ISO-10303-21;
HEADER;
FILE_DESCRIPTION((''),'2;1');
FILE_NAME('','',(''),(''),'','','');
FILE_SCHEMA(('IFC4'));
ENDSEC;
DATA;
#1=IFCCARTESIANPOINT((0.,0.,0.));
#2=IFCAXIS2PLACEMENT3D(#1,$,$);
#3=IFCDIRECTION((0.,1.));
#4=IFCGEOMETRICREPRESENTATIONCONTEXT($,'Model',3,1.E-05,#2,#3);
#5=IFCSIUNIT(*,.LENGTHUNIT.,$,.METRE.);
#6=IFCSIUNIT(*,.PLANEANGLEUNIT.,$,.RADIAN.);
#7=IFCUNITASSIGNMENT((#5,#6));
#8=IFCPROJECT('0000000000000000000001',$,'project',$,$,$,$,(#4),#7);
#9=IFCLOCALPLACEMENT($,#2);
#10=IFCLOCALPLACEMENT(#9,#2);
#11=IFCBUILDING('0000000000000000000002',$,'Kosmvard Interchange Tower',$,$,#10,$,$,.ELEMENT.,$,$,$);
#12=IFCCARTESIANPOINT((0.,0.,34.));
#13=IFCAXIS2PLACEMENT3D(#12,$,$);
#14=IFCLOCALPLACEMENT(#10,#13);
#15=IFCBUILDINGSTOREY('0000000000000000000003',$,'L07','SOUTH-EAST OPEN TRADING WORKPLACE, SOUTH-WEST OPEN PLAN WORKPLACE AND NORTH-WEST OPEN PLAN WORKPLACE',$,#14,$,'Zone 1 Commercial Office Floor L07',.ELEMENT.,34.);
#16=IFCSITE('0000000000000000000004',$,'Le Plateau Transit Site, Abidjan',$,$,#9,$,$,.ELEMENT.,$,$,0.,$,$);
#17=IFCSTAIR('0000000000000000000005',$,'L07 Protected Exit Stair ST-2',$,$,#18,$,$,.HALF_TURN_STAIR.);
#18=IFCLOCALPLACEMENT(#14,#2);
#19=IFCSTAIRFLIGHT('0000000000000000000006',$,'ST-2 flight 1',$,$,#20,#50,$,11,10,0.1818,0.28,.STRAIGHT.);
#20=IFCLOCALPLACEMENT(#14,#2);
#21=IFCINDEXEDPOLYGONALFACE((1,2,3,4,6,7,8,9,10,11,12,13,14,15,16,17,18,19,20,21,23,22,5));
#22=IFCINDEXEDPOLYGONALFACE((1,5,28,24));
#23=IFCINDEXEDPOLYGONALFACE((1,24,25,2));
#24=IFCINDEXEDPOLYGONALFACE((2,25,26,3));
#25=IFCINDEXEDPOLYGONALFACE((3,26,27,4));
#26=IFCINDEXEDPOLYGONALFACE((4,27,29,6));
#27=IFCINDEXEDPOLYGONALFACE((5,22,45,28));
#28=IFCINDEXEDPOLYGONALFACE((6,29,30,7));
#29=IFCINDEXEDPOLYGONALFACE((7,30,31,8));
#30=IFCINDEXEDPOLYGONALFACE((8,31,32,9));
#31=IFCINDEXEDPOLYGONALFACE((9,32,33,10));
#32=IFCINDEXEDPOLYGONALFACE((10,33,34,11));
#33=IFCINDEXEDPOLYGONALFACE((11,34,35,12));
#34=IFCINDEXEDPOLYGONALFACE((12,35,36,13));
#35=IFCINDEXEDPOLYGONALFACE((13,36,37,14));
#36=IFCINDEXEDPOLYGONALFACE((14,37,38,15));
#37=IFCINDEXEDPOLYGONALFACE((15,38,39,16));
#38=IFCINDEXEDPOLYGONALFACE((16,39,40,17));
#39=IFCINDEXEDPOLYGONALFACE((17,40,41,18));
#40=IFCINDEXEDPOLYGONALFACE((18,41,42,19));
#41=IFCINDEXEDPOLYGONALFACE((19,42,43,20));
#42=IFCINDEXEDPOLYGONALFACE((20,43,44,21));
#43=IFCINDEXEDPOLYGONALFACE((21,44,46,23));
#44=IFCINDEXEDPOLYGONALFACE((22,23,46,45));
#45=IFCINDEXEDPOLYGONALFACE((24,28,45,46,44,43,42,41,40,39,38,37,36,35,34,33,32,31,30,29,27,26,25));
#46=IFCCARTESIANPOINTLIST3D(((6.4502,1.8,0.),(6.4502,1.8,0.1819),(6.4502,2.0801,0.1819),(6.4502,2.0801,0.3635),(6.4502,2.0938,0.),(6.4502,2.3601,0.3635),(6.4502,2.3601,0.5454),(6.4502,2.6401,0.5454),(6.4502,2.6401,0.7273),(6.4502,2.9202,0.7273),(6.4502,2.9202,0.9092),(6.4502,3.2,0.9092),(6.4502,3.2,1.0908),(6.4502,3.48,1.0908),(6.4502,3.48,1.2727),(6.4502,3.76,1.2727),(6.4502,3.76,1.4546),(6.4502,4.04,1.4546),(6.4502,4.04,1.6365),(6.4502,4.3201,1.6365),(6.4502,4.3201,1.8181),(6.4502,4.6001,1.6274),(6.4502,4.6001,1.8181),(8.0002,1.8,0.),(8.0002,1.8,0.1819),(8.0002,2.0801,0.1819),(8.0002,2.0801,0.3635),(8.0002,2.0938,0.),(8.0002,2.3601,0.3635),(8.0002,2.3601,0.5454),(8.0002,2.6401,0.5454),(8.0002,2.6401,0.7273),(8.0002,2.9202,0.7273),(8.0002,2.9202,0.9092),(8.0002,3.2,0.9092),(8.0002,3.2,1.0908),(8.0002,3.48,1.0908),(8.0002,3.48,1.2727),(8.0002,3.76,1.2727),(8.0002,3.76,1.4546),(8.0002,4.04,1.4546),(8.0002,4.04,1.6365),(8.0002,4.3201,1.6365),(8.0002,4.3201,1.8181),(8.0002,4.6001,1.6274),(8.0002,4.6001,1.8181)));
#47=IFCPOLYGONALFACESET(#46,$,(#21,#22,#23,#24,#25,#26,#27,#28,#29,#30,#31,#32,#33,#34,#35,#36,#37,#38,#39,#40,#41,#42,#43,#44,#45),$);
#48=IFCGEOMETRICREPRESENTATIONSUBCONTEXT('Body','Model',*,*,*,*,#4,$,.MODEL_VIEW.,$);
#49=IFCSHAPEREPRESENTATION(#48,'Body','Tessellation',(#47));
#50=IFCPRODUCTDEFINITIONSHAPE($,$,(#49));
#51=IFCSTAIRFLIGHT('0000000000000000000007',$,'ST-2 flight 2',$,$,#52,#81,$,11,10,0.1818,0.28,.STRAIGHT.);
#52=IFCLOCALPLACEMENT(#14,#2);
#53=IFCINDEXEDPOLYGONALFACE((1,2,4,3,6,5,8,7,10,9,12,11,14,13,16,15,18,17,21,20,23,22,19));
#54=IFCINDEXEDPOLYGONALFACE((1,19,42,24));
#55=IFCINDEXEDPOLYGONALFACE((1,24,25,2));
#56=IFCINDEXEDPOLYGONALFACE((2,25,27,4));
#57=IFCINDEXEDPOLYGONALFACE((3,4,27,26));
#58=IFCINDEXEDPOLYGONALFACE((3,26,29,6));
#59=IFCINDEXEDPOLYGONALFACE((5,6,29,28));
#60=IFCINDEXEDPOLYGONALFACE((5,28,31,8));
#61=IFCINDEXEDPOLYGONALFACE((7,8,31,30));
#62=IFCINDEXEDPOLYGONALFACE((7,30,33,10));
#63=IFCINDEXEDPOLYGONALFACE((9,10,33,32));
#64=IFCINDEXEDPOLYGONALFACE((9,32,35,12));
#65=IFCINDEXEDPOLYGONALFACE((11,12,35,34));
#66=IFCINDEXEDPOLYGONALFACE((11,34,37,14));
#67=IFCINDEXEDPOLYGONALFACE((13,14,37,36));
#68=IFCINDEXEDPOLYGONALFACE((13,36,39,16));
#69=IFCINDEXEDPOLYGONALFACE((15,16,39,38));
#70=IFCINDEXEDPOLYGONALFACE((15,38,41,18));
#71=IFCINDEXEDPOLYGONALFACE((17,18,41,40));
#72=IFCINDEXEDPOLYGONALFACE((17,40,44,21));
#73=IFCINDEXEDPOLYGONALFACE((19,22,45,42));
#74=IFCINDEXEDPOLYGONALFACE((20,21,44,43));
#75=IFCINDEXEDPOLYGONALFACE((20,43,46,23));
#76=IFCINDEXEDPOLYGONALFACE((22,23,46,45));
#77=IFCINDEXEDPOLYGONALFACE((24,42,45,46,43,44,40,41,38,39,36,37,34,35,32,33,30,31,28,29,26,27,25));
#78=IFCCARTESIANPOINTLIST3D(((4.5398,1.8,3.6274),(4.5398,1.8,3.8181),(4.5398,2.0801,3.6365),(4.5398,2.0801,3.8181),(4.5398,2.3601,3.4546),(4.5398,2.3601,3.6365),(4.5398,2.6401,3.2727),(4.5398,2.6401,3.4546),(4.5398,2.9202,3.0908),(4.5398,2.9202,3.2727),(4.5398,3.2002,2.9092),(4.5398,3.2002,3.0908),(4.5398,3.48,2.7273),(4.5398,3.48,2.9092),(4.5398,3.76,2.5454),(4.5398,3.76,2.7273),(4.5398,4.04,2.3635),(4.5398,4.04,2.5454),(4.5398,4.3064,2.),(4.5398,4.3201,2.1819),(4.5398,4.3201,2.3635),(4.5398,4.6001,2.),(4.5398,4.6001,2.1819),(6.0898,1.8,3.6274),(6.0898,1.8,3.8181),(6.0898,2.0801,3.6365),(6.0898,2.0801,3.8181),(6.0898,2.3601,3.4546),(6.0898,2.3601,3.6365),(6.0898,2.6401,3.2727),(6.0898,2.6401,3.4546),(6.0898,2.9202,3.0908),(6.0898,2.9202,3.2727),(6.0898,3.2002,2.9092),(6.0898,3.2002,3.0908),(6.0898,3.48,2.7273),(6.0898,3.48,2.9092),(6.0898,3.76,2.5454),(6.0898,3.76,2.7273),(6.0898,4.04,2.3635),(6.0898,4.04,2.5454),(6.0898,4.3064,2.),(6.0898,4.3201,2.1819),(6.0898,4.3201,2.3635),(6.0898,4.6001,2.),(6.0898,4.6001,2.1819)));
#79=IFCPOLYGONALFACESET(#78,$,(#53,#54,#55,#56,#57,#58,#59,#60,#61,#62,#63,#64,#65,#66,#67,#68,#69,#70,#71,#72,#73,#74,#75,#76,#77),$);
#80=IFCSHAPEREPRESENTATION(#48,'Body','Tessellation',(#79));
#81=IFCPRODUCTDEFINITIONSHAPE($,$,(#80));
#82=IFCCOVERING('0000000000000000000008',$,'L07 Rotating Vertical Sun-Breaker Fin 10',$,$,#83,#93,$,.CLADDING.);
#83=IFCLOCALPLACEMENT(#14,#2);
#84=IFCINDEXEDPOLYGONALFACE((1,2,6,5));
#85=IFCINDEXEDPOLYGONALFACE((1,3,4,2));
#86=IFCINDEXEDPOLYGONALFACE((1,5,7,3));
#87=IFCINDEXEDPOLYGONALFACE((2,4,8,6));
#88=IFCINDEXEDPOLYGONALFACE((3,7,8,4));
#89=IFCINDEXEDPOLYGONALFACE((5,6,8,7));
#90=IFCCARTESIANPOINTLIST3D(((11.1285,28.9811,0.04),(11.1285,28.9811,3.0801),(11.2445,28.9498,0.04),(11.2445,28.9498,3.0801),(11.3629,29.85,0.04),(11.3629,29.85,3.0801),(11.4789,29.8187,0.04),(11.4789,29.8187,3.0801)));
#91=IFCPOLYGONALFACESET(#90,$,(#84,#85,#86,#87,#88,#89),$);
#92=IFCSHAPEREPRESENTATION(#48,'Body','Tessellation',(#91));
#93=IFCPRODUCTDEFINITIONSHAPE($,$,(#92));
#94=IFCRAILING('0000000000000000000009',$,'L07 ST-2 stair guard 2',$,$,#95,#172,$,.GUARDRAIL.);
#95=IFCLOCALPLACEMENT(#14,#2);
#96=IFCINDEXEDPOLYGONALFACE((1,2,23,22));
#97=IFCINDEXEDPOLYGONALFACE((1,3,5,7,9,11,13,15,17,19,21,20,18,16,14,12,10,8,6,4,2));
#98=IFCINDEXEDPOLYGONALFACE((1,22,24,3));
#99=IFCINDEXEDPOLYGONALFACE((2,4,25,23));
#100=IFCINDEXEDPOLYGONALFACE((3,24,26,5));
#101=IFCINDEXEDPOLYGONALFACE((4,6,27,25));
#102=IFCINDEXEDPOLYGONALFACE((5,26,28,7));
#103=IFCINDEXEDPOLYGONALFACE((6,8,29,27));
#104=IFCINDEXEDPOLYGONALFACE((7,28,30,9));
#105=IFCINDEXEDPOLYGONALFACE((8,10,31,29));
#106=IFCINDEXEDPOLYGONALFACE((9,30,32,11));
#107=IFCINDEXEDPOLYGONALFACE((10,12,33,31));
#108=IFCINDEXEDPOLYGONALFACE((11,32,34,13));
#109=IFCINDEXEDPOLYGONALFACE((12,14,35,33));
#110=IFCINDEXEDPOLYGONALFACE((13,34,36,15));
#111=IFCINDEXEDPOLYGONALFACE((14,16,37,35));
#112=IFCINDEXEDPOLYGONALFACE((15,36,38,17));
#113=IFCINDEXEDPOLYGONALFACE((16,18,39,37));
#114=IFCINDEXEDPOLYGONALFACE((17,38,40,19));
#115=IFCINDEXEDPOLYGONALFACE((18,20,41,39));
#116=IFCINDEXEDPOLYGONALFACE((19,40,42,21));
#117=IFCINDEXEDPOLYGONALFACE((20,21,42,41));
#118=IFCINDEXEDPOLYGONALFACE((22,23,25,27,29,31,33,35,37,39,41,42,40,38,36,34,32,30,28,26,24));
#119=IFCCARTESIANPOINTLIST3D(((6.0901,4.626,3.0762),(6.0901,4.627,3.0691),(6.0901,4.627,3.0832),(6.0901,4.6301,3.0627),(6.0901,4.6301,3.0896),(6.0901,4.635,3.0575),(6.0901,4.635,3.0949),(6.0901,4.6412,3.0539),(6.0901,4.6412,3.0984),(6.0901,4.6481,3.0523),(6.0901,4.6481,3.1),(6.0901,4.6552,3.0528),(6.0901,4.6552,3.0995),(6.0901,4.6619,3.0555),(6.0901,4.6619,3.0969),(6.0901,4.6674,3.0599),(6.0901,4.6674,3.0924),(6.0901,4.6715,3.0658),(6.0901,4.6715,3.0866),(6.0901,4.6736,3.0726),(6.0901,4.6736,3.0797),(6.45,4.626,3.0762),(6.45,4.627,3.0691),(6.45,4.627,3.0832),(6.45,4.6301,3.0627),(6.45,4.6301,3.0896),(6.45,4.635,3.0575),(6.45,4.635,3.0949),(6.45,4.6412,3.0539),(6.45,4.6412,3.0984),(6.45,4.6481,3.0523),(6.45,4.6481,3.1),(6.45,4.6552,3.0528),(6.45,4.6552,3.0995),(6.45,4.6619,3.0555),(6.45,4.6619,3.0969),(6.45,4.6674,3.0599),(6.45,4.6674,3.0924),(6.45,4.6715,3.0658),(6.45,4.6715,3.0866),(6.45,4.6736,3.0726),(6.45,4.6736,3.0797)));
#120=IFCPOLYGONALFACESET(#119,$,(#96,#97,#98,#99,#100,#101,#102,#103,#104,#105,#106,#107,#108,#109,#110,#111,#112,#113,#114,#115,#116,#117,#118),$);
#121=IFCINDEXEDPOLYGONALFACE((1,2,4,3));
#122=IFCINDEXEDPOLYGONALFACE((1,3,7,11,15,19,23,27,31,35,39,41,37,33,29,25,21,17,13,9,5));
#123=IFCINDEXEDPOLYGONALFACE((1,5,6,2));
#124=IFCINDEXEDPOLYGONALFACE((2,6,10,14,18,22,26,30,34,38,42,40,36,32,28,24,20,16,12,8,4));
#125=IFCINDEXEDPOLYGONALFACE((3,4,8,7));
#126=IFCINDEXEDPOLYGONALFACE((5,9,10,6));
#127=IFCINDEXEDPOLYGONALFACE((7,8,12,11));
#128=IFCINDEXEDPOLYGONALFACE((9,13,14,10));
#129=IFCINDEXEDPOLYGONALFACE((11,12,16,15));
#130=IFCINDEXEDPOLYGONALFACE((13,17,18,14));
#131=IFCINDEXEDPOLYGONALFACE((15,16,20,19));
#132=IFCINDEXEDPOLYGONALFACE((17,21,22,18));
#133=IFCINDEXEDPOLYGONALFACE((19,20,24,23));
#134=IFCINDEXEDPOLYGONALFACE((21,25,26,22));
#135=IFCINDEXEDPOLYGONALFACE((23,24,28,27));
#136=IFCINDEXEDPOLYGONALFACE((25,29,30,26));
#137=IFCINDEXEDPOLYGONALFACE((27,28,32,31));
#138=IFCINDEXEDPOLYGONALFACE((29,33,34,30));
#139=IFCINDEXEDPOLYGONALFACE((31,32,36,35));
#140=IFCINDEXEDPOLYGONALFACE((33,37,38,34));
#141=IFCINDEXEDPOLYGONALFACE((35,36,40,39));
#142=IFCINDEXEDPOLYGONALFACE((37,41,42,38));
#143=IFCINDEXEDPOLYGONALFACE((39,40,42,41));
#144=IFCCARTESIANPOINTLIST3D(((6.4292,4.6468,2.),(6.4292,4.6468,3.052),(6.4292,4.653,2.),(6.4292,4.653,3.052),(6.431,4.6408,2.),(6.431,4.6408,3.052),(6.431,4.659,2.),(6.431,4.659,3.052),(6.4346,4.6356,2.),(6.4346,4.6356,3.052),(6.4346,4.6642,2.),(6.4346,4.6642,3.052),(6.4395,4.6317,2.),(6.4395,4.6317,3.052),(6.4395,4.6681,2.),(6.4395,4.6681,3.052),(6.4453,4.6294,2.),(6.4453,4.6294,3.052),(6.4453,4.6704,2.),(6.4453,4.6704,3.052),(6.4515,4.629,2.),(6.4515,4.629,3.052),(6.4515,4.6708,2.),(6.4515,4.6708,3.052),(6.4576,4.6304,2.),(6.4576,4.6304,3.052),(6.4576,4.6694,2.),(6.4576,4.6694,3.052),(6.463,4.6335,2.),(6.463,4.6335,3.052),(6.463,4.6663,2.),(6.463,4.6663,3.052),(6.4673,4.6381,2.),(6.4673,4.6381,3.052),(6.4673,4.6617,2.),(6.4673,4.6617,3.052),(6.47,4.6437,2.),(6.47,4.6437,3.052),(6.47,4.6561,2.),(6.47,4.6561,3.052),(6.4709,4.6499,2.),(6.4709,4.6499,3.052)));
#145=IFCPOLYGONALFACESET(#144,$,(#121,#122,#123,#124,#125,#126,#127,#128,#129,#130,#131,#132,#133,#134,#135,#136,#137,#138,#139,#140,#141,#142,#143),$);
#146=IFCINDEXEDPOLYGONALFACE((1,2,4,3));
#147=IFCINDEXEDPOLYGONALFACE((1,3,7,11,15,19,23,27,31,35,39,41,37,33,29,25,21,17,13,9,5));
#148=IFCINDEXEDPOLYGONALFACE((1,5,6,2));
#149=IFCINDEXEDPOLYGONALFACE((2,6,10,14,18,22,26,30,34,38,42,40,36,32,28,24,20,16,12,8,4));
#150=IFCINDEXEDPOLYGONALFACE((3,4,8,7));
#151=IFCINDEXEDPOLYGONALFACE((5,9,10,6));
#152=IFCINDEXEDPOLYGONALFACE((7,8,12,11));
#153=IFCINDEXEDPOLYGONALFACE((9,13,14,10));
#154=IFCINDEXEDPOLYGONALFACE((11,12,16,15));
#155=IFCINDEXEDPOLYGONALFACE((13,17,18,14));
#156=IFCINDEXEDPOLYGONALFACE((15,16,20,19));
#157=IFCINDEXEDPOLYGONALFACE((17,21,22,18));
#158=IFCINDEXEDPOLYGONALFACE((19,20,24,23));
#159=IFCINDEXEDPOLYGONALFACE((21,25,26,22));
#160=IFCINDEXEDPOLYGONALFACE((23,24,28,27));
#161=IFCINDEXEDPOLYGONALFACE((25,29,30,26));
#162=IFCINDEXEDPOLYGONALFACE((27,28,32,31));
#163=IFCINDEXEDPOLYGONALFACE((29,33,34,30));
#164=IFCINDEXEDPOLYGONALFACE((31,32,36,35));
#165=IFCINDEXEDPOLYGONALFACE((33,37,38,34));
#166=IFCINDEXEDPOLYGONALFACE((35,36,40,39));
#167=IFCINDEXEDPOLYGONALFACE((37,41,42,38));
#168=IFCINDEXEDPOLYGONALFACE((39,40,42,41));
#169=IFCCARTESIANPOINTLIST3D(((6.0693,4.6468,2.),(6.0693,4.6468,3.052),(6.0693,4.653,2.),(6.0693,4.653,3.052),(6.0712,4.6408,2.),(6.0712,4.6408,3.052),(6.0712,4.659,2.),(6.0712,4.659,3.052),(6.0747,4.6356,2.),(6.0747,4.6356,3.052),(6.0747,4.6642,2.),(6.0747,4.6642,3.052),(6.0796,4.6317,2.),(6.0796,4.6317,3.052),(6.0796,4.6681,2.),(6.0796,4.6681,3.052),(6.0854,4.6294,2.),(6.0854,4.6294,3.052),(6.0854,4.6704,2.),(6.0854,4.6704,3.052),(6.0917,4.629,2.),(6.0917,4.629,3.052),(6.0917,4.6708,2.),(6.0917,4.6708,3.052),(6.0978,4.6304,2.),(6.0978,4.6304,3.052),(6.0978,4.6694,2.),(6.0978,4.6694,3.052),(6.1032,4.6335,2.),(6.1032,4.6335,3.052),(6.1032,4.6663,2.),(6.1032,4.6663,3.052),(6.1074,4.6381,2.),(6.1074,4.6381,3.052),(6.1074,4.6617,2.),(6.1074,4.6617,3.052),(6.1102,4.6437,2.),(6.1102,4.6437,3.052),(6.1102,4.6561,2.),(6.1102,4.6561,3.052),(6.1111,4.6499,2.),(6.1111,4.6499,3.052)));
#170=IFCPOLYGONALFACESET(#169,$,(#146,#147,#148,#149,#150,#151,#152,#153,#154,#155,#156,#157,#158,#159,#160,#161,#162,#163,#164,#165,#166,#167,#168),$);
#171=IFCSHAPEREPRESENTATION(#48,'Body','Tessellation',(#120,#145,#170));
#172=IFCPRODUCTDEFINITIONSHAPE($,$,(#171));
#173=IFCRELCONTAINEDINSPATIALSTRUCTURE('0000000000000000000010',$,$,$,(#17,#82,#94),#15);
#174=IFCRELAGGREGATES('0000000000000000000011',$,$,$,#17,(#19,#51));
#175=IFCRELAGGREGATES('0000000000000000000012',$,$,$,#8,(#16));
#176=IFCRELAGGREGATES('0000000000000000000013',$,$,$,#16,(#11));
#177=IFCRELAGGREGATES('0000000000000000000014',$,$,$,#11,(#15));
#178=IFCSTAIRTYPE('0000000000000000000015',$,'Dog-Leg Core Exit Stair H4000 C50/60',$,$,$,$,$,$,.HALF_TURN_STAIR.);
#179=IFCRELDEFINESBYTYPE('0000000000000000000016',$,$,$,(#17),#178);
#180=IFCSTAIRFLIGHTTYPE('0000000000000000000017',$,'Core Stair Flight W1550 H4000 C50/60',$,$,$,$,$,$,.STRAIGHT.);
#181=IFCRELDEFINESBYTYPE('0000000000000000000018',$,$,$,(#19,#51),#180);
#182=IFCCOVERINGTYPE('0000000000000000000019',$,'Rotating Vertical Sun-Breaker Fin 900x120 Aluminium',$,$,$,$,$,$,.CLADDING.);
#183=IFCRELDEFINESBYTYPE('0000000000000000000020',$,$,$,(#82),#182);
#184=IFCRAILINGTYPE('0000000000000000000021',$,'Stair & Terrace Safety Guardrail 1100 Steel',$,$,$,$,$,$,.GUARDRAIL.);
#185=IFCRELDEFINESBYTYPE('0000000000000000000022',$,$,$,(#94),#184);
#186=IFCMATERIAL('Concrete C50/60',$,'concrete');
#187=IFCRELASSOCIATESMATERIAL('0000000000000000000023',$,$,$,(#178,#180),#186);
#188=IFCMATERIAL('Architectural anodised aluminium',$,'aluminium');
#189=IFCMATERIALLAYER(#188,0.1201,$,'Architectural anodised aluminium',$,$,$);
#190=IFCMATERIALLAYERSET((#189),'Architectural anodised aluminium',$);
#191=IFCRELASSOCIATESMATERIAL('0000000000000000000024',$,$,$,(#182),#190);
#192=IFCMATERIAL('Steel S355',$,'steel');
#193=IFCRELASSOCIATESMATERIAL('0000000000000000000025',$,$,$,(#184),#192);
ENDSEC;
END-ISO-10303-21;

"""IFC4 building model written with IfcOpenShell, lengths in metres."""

from ifc_helpers import new_model, si_unit, direction, frame, origin, origin_2d, place, context, subcontext, project, spatial, polyline, rectangle, circle, outline, extrude, source, transform, mapped, material, layer, layer_set, type_object, element, aggregate, save


model = new_model("IFC4")

# Units and contexts
model_context = context("Model", 3, precision=1e-05, world=origin(), true_north=direction((0.0, 1.0)))
body_context = subcontext(model_context, "Body", "Model", "MODEL_VIEW")
ifc_project = project(units=[si_unit("LENGTHUNIT", "METRE"), si_unit("PLANEANGLEUNIT", "RADIAN")], contexts=[model_context])

# Site, building, storey
site_placement = place(None, origin())
site = spatial("IfcSite", under=ifc_project, at=site_placement, Name="Le Plateau Transit Site, Abidjan", CompositionType="ELEMENT", RefElevation=0.0)
building_placement = place(site_placement, origin())
building = spatial("IfcBuilding", under=site, at=building_placement, Name="Kosmvard Interchange Tower", CompositionType="ELEMENT")
storey_placement = place(building_placement, frame((0.0, 0.0, 34.0)))
storey = spatial("IfcBuildingStorey", under=building, at=storey_placement, Name="L07", Description="SOUTH-EAST OPEN TRADING WORKPLACE, SOUTH-WEST OPEN PLAN WORKPLACE AND NORTH-WEST OPEN PLAN WORKPLACE", LongName="Zone 1 Commercial Office Floor L07", CompositionType="ELEMENT", Elevation=34.0)

# Shared definitions
ifc_material_1 = material(Name="Steel S355", Category="steel")

# Stair, stair flights
ifc_material_2 = material(Name="Concrete C50/60", Category="concrete")
stair_type = type_object("IfcStairType", Name="Dog-Leg Core Exit Stair H4000 C50/60", PredefinedType="HALF_TURN_STAIR", material=ifc_material_2)
stair_placement = place(storey_placement, origin())
stair = element("IfcStair", 1, at=stair_placement, inside=storey, type_object=stair_type, Name="L07 Protected Exit Stair ST-2", PredefinedType="HALF_TURN_STAIR")
stair_flight_type = type_object("IfcStairFlightType", Name="Core Stair Flight W1550 H4000 C50/60", PredefinedType="STRAIGHT", material=ifc_material_2)
shared_shape_1 = source(origin(), body_context, "Body", "SweptSolid", [
    extrude(outline(polyline([(0.0, 0.0), (0.0, 0.1819), (0.28, 0.1819), (0.28, 0.3635), (0.5601, 0.3635), (0.5601, 0.5454), (0.8401, 0.5454), (0.8401, 0.7273), (1.1201, 0.7273), (1.1201, 0.9092), (1.3999, 0.9092), (1.3999, 1.0908), (1.6799, 1.0908), (1.6799, 1.2727), (1.96, 1.2727), (1.96, 1.4546), (2.24, 1.4546), (2.24, 1.6365), (2.52, 1.6365), (2.52, 1.8181), (2.8, 1.8181), (2.8, 2.0), (2.8, 1.6274), (0.2937, 0.0), (0.0, 0.0)])), frame((0.0, 0.7749, 0.0), z_axis=(0.0, -1.0, 0.0), x_axis=(1.0, 0.0, 0.0)), (0.0, 0.0, 1.0), 1.55),
])
stair_flight_1_placement = place(storey_placement, frame((7.2251, 1.8, 0.0), z_axis=(0.0, 0.0, 1.0), x_axis=(0.0, 1.0, 0.0)))
stair_flight_1 = element("IfcStairFlight", 2, at=stair_flight_1_placement, type_object=stair_flight_type, Name="ST-2 flight 1", NumberOfRisers=11, NumberOfTreads=10, PredefinedType="STRAIGHT", RiserHeight=0.1818, TreadLength=0.28, context=body_context, shape_type="MappedRepresentation", body=[
    mapped(shared_shape_1, transform((0.0, 0.0, 0.0), scale=1.0)),
])
stair_flight_2_placement = place(storey_placement, frame((5.3149, 4.6001, 2.0), z_axis=(0.0, 0.0, 1.0), x_axis=(0.0, -1.0, 0.0)))
stair_flight_2 = element("IfcStairFlight", 3, at=stair_flight_2_placement, type_object=stair_flight_type, Name="ST-2 flight 2", NumberOfRisers=11, NumberOfTreads=10, PredefinedType="STRAIGHT", RiserHeight=0.1818, TreadLength=0.28, context=body_context, shape_type="MappedRepresentation", body=[
    mapped(shared_shape_1, transform((0.0, 0.0, 0.0), scale=1.0)),
])
aggregate(stair, [stair_flight_1, stair_flight_2])

# Covering
ifc_material_3 = material(Name="Architectural anodised aluminium", Category="aluminium")
ifc_layer_1 = layer(ifc_material_3, 0.1201, Name="Architectural anodised aluminium")
ifc_layer_set_1 = layer_set([ifc_layer_1], Name="Architectural anodised aluminium")
covering_type = type_object("IfcCoveringType", Name="Rotating Vertical Sun-Breaker Fin 900x120 Aluminium", PredefinedType="CLADDING", material=ifc_layer_set_1)
shared_shape_2 = source(origin(), body_context, "Body", "SweptSolid", [
    extrude(rectangle(XDim=0.8999, YDim=0.1201, at=origin_2d()), origin(), (0.0, 0.0, 1.0), 3.04),
])
covering_placement = place(storey_placement, frame((11.3037, 29.3999, 0.04), z_axis=(0.0, 0.0, 1.0), x_axis=(0.260505, 0.965473, 0.0)))
element("IfcCovering", 4, at=covering_placement, inside=storey, type_object=covering_type, Name="L07 Rotating Vertical Sun-Breaker Fin 10", PredefinedType="CLADDING", context=body_context, shape_type="MappedRepresentation", body=[
    mapped(shared_shape_2, transform((0.0, 0.0, 0.0), scale=1.0)),
])

# Railing
railing_type_1 = type_object("IfcRailingType", Name="Stair & Terrace Safety Guardrail 1100 Steel", PredefinedType="GUARDRAIL", material=ifc_material_1)
shared_shape_3 = source(origin(), body_context, "Body", "SweptSolid", [
    extrude(circle(Radius=0.0239, at=origin_2d()), frame((0.0, 0.0, 1.0762), z_axis=(-1.0, 0.0, 0.0), x_axis=(0.0, -1.0, 0.0)), (0.0, 0.0, 1.0), 0.3599),
    extrude(circle(Radius=0.021, at=origin_2d()), origin(), (0.0, 0.0, 1.0), 1.052),
    extrude(circle(Radius=0.021, at=origin_2d()), frame((-0.3599, 0.0, 0.0)), (0.0, 0.0, 1.0), 1.052),
])
for number, where, name in (
    (5, (6.45, 4.6499, 2.0), "L07 ST-2 stair guard 2"),
):
    element("IfcRailing", number, at=place(storey_placement, frame(where)), inside=storey, type_object=railing_type_1, Name=name, PredefinedType="GUARDRAIL", context=body_context, shape_type="MappedRepresentation", body=[
        mapped(shared_shape_3, transform((0.0, 0.0, 0.0), scale=1.0)),
    ])

save(model, "model.ifc")
